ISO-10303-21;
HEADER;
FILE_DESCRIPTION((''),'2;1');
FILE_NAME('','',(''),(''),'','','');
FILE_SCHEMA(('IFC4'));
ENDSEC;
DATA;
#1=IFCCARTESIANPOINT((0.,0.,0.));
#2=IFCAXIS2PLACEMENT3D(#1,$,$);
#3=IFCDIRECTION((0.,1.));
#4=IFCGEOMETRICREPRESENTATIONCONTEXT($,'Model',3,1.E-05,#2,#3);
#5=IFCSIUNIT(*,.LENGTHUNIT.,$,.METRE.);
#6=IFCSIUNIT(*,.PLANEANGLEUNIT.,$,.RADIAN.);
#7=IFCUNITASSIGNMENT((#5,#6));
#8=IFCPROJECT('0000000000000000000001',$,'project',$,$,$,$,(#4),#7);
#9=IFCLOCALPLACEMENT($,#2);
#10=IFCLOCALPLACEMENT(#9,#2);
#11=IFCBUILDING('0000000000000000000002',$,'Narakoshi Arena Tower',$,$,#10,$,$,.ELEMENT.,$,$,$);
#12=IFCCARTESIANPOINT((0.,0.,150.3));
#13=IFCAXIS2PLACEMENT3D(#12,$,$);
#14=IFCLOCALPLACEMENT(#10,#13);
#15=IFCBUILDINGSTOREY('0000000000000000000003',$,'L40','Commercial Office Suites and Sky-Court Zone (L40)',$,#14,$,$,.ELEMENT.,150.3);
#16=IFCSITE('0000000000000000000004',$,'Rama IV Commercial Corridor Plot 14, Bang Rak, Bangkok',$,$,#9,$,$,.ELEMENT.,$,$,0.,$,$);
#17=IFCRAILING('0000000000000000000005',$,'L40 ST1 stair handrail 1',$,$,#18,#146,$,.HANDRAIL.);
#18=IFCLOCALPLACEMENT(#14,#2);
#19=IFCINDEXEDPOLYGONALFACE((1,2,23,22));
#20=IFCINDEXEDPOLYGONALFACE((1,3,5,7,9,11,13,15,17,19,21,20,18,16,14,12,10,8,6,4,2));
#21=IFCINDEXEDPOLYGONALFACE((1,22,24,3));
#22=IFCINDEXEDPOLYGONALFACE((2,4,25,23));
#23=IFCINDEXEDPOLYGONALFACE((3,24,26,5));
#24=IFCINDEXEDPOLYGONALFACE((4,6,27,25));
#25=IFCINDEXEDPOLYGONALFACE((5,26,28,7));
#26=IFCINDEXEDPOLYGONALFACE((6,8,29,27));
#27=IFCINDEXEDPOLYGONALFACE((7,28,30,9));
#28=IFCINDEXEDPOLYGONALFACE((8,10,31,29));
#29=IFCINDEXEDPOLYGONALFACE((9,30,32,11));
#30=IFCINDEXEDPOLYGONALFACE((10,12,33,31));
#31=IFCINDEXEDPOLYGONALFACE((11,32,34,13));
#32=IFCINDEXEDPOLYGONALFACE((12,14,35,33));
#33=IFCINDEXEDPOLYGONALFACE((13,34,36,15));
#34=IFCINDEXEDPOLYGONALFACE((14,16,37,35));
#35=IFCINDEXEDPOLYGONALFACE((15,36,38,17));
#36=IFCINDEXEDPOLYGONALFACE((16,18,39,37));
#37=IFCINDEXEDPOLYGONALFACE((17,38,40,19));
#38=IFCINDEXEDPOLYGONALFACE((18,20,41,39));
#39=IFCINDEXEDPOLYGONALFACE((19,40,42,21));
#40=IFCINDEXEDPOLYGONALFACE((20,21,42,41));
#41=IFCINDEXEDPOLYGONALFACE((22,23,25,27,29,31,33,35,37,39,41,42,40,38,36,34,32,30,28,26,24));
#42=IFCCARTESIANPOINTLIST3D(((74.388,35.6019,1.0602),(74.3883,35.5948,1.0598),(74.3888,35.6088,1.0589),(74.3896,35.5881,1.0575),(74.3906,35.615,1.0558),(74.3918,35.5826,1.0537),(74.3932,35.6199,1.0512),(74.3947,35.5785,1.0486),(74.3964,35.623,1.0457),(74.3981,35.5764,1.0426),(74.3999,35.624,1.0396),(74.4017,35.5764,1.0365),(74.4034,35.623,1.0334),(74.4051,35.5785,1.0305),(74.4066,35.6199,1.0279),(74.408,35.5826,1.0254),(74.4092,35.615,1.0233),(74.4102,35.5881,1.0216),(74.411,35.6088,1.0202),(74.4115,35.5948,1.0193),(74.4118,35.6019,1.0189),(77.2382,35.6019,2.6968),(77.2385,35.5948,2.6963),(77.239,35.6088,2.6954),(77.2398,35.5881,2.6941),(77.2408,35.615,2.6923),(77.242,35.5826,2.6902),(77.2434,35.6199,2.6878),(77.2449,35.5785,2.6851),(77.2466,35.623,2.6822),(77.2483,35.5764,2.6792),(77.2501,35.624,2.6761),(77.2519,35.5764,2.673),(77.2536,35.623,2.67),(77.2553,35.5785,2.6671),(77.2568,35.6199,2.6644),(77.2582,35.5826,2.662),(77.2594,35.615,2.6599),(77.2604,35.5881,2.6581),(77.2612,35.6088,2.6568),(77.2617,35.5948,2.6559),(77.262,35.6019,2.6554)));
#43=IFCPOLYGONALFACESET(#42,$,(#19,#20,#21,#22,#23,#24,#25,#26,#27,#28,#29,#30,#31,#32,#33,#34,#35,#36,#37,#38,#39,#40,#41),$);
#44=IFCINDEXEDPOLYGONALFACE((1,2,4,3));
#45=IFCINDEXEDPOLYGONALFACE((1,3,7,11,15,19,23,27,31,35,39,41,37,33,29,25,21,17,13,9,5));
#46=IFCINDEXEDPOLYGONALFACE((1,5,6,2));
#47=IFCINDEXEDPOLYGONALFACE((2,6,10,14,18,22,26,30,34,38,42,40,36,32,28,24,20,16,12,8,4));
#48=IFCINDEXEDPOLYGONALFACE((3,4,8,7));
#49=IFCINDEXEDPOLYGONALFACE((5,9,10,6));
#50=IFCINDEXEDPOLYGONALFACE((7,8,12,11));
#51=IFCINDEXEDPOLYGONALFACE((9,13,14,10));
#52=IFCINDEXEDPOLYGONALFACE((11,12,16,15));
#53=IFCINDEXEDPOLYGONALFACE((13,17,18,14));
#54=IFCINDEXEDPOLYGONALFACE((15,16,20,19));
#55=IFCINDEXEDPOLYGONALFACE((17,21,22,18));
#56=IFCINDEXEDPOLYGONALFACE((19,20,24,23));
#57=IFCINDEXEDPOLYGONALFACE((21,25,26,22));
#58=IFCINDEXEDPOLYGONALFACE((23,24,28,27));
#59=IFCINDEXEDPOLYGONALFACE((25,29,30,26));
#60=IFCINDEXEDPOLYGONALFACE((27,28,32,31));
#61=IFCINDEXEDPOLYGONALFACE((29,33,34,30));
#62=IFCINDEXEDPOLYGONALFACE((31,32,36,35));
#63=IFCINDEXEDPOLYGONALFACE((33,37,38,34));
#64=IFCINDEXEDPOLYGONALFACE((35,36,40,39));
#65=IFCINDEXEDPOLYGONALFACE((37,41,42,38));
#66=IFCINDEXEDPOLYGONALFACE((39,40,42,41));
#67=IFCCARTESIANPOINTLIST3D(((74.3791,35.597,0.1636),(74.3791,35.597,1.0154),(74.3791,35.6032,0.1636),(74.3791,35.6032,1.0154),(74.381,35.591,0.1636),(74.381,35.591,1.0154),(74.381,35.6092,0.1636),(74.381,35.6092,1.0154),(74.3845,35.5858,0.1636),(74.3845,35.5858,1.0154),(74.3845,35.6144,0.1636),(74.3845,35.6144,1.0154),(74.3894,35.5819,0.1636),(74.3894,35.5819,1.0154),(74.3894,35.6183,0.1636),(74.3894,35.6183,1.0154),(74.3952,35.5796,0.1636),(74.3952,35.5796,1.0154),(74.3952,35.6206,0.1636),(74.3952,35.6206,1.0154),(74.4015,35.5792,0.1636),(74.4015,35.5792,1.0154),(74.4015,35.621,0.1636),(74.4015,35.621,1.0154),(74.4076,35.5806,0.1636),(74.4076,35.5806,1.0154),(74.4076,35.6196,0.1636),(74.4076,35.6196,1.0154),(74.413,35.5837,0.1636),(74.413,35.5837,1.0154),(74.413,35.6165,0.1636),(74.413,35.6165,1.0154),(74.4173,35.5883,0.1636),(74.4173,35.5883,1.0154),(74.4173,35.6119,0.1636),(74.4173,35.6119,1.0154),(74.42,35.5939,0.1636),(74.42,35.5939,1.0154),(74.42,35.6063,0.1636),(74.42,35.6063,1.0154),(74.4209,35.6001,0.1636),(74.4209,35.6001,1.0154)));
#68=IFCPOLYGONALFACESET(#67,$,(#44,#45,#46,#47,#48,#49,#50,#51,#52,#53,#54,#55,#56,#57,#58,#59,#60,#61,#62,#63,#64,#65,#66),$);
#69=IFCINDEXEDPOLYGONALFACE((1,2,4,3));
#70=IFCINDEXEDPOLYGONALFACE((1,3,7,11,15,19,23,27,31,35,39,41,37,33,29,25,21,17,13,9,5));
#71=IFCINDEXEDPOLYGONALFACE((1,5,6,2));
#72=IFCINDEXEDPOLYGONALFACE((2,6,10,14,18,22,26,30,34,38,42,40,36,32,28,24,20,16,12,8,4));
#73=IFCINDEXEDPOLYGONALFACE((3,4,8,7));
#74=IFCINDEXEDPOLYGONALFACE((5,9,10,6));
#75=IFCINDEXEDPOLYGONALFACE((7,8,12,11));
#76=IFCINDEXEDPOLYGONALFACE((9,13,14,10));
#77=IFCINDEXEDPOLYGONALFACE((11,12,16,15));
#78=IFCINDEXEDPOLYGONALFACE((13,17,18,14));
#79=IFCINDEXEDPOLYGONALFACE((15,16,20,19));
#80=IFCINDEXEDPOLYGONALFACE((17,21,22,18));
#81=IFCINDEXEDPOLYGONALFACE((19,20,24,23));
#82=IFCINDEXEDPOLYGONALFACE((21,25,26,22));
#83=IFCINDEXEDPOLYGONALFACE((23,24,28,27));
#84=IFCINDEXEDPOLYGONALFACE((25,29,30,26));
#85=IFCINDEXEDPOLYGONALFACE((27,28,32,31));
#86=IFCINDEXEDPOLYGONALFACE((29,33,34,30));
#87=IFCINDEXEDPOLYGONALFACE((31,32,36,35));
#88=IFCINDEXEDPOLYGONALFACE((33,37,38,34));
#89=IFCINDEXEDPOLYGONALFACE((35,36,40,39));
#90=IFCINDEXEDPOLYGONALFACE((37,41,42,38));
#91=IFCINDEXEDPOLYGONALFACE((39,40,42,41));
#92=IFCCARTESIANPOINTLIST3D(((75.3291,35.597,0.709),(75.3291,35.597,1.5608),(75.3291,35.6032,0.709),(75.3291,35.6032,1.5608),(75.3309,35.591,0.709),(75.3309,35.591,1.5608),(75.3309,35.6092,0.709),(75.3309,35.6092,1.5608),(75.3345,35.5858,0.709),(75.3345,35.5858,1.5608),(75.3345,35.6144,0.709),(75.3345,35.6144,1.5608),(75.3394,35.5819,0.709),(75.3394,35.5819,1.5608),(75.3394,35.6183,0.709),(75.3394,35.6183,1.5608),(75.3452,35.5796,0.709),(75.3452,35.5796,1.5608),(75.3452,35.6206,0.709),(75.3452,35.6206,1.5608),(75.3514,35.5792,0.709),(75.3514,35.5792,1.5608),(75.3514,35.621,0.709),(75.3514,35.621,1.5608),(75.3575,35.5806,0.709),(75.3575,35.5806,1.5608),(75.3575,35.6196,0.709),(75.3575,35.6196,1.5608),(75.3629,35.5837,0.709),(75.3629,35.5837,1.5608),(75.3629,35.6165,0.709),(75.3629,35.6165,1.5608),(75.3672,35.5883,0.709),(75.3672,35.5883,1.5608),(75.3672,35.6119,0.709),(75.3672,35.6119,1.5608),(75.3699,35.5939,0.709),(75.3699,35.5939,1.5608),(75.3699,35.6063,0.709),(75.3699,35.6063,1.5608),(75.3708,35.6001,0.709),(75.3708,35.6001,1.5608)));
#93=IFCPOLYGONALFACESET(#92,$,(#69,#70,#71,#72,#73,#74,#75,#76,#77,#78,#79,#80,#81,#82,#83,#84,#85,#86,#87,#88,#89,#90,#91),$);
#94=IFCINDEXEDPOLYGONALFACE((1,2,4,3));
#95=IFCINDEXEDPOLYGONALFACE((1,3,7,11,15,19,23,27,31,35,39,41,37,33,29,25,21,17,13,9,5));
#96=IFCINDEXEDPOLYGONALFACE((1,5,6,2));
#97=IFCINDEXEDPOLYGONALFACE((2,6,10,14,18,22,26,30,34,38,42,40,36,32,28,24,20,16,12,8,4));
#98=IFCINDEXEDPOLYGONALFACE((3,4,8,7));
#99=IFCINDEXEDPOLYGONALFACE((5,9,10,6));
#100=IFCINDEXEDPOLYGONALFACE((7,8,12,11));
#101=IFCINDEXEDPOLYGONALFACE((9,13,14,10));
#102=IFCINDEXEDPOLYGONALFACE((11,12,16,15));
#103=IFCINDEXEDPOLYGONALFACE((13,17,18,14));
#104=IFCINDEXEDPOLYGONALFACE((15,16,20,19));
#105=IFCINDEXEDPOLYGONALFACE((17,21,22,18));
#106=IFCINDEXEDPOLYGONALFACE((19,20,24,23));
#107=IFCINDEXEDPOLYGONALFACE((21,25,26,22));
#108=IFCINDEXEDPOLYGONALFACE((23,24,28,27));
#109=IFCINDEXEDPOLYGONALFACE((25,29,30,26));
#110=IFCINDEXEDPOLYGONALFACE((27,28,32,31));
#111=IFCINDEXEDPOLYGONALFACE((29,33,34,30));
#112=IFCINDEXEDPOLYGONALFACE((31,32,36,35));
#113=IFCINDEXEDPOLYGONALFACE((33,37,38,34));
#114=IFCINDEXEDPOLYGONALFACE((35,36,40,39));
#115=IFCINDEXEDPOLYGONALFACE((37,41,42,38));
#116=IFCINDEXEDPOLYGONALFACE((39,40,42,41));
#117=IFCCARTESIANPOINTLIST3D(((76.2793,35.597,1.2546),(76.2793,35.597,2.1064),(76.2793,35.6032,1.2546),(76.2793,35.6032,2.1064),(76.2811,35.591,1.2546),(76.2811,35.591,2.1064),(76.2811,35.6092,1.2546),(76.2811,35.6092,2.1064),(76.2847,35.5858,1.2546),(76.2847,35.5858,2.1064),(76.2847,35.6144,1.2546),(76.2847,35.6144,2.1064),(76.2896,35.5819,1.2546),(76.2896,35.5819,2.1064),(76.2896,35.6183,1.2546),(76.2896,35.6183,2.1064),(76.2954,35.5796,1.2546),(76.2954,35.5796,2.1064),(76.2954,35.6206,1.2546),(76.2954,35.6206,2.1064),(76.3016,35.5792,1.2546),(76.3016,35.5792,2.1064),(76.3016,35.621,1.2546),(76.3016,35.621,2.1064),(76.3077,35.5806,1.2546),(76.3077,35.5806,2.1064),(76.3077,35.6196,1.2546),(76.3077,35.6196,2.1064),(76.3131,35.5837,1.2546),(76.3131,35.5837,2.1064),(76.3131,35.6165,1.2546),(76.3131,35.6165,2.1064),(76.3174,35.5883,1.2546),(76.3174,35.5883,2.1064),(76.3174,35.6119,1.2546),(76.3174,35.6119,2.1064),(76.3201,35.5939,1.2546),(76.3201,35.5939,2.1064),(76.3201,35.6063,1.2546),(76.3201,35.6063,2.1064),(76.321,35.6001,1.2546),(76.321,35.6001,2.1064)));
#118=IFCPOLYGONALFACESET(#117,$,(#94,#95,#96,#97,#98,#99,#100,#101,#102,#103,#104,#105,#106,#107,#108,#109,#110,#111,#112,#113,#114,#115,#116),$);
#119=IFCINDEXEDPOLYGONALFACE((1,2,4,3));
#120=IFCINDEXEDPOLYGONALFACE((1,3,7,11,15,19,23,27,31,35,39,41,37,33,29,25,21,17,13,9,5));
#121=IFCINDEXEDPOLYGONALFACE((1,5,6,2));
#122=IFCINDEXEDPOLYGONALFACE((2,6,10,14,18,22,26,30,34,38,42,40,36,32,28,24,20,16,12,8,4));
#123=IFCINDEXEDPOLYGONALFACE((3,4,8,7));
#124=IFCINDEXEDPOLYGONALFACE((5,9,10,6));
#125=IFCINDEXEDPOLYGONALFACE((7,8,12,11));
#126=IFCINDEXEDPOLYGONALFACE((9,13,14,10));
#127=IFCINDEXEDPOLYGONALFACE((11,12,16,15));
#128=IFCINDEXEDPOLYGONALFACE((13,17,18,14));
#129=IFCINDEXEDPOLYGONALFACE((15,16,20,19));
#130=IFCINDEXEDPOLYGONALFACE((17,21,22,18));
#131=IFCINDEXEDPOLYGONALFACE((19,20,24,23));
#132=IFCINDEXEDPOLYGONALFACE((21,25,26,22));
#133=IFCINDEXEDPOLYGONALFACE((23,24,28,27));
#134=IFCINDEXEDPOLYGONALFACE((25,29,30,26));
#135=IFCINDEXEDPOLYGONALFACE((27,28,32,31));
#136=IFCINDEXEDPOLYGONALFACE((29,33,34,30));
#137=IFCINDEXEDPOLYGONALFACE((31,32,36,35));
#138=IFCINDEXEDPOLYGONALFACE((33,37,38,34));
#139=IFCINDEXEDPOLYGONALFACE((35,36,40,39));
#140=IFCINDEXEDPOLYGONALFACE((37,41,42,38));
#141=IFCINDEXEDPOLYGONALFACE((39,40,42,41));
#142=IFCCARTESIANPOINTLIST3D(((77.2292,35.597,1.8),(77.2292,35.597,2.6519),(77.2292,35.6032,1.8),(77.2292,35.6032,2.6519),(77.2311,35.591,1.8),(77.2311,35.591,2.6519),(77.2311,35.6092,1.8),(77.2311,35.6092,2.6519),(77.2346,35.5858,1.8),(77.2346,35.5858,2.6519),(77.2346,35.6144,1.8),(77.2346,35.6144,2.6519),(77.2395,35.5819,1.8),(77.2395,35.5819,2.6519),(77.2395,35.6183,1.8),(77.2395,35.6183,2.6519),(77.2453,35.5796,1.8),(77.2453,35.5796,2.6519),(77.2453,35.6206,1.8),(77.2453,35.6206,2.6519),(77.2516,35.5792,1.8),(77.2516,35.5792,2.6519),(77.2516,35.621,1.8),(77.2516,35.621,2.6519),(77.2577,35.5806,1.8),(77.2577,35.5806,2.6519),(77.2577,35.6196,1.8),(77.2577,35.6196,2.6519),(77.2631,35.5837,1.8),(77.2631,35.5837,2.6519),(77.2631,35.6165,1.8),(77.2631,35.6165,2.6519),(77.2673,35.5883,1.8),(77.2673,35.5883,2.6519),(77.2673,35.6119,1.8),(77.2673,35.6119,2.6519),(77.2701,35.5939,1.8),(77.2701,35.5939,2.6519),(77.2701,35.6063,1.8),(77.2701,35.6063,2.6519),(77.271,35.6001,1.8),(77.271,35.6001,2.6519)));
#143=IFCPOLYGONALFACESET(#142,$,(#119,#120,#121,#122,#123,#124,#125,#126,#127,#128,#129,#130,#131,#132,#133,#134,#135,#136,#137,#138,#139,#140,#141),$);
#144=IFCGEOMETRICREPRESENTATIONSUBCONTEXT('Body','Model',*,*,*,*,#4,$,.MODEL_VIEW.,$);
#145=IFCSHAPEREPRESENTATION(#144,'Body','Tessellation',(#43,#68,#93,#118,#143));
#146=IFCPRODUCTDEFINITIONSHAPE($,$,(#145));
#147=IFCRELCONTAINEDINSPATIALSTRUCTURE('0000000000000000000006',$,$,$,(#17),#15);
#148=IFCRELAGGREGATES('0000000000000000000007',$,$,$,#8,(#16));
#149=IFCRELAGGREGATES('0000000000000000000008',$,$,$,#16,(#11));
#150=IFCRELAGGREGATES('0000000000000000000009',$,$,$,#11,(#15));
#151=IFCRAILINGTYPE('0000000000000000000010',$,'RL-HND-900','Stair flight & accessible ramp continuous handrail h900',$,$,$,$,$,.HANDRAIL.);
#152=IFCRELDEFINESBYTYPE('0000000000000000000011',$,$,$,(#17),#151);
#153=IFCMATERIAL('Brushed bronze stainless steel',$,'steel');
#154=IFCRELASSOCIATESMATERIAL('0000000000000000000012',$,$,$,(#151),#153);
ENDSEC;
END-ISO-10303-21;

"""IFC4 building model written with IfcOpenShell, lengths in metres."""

from ifc_helpers import new_model, si_unit, direction, frame, origin, origin_2d, place, context, subcontext, project, spatial, circle, extrude, material, type_object, element, save


model = new_model("IFC4")

# Units and contexts
model_context = context("Model", 3, precision=1e-05, world=origin(), true_north=direction((0.0, 1.0)))
body_context = subcontext(model_context, "Body", "Model", "MODEL_VIEW")
ifc_project = project(units=[si_unit("LENGTHUNIT", "METRE"), si_unit("PLANEANGLEUNIT", "RADIAN")], contexts=[model_context])

# Site, building, storey
site_placement = place(None, origin())
site = spatial("IfcSite", under=ifc_project, at=site_placement, Name="Rama IV Commercial Corridor Plot 14, Bang Rak, Bangkok", CompositionType="ELEMENT", RefElevation=0.0)
building_placement = place(site_placement, origin())
building = spatial("IfcBuilding", under=site, at=building_placement, Name="Narakoshi Arena Tower", CompositionType="ELEMENT")
storey_placement = place(building_placement, frame((0.0, 0.0, 150.3)))
storey = spatial("IfcBuildingStorey", under=building, at=storey_placement, Name="L40", Description="Commercial Office Suites and Sky-Court Zone (L40)", CompositionType="ELEMENT", Elevation=150.3)

# Railing
ifc_material_1 = material(Name="Brushed bronze stainless steel", Category="steel")
railing_type_1 = type_object("IfcRailingType", Name="RL-HND-900", Description="Stair flight & accessible ramp continuous handrail h900", PredefinedType="HANDRAIL", material=ifc_material_1)
railing_1_placement = place(storey_placement, frame((74.3999, 35.6001, 0.1636)))
element("IfcRailing", 1, at=railing_1_placement, inside=storey, type_object=railing_type_1, Name="L40 ST1 stair handrail 1", PredefinedType="HANDRAIL", context=body_context, shape_type="SweptSolid", body=[
    extrude(circle(Radius=0.0239, at=origin_2d()), frame((0.0, 0.0, 0.876), z_axis=(0.867213, 0.0, 0.497938), x_axis=(0.0, 1.0, 0.0)), (0.0, 0.0, 1.0), 3.2866),
    extrude(circle(Radius=0.021, at=origin_2d()), origin(), (0.0, 0.0, 1.0), 0.8518),
    extrude(circle(Radius=0.021, at=origin_2d()), frame((0.95, 0.0, 0.5454)), (0.0, 0.0, 1.0), 0.8518),
    extrude(circle(Radius=0.021, at=origin_2d()), frame((1.9001, 0.0, 1.0911)), (0.0, 0.0, 1.0), 0.8518),
    extrude(circle(Radius=0.021, at=origin_2d()), frame((2.8501, 0.0, 1.6365)), (0.0, 0.0, 1.0), 0.8518),
])

save(model, "model.ifc")
